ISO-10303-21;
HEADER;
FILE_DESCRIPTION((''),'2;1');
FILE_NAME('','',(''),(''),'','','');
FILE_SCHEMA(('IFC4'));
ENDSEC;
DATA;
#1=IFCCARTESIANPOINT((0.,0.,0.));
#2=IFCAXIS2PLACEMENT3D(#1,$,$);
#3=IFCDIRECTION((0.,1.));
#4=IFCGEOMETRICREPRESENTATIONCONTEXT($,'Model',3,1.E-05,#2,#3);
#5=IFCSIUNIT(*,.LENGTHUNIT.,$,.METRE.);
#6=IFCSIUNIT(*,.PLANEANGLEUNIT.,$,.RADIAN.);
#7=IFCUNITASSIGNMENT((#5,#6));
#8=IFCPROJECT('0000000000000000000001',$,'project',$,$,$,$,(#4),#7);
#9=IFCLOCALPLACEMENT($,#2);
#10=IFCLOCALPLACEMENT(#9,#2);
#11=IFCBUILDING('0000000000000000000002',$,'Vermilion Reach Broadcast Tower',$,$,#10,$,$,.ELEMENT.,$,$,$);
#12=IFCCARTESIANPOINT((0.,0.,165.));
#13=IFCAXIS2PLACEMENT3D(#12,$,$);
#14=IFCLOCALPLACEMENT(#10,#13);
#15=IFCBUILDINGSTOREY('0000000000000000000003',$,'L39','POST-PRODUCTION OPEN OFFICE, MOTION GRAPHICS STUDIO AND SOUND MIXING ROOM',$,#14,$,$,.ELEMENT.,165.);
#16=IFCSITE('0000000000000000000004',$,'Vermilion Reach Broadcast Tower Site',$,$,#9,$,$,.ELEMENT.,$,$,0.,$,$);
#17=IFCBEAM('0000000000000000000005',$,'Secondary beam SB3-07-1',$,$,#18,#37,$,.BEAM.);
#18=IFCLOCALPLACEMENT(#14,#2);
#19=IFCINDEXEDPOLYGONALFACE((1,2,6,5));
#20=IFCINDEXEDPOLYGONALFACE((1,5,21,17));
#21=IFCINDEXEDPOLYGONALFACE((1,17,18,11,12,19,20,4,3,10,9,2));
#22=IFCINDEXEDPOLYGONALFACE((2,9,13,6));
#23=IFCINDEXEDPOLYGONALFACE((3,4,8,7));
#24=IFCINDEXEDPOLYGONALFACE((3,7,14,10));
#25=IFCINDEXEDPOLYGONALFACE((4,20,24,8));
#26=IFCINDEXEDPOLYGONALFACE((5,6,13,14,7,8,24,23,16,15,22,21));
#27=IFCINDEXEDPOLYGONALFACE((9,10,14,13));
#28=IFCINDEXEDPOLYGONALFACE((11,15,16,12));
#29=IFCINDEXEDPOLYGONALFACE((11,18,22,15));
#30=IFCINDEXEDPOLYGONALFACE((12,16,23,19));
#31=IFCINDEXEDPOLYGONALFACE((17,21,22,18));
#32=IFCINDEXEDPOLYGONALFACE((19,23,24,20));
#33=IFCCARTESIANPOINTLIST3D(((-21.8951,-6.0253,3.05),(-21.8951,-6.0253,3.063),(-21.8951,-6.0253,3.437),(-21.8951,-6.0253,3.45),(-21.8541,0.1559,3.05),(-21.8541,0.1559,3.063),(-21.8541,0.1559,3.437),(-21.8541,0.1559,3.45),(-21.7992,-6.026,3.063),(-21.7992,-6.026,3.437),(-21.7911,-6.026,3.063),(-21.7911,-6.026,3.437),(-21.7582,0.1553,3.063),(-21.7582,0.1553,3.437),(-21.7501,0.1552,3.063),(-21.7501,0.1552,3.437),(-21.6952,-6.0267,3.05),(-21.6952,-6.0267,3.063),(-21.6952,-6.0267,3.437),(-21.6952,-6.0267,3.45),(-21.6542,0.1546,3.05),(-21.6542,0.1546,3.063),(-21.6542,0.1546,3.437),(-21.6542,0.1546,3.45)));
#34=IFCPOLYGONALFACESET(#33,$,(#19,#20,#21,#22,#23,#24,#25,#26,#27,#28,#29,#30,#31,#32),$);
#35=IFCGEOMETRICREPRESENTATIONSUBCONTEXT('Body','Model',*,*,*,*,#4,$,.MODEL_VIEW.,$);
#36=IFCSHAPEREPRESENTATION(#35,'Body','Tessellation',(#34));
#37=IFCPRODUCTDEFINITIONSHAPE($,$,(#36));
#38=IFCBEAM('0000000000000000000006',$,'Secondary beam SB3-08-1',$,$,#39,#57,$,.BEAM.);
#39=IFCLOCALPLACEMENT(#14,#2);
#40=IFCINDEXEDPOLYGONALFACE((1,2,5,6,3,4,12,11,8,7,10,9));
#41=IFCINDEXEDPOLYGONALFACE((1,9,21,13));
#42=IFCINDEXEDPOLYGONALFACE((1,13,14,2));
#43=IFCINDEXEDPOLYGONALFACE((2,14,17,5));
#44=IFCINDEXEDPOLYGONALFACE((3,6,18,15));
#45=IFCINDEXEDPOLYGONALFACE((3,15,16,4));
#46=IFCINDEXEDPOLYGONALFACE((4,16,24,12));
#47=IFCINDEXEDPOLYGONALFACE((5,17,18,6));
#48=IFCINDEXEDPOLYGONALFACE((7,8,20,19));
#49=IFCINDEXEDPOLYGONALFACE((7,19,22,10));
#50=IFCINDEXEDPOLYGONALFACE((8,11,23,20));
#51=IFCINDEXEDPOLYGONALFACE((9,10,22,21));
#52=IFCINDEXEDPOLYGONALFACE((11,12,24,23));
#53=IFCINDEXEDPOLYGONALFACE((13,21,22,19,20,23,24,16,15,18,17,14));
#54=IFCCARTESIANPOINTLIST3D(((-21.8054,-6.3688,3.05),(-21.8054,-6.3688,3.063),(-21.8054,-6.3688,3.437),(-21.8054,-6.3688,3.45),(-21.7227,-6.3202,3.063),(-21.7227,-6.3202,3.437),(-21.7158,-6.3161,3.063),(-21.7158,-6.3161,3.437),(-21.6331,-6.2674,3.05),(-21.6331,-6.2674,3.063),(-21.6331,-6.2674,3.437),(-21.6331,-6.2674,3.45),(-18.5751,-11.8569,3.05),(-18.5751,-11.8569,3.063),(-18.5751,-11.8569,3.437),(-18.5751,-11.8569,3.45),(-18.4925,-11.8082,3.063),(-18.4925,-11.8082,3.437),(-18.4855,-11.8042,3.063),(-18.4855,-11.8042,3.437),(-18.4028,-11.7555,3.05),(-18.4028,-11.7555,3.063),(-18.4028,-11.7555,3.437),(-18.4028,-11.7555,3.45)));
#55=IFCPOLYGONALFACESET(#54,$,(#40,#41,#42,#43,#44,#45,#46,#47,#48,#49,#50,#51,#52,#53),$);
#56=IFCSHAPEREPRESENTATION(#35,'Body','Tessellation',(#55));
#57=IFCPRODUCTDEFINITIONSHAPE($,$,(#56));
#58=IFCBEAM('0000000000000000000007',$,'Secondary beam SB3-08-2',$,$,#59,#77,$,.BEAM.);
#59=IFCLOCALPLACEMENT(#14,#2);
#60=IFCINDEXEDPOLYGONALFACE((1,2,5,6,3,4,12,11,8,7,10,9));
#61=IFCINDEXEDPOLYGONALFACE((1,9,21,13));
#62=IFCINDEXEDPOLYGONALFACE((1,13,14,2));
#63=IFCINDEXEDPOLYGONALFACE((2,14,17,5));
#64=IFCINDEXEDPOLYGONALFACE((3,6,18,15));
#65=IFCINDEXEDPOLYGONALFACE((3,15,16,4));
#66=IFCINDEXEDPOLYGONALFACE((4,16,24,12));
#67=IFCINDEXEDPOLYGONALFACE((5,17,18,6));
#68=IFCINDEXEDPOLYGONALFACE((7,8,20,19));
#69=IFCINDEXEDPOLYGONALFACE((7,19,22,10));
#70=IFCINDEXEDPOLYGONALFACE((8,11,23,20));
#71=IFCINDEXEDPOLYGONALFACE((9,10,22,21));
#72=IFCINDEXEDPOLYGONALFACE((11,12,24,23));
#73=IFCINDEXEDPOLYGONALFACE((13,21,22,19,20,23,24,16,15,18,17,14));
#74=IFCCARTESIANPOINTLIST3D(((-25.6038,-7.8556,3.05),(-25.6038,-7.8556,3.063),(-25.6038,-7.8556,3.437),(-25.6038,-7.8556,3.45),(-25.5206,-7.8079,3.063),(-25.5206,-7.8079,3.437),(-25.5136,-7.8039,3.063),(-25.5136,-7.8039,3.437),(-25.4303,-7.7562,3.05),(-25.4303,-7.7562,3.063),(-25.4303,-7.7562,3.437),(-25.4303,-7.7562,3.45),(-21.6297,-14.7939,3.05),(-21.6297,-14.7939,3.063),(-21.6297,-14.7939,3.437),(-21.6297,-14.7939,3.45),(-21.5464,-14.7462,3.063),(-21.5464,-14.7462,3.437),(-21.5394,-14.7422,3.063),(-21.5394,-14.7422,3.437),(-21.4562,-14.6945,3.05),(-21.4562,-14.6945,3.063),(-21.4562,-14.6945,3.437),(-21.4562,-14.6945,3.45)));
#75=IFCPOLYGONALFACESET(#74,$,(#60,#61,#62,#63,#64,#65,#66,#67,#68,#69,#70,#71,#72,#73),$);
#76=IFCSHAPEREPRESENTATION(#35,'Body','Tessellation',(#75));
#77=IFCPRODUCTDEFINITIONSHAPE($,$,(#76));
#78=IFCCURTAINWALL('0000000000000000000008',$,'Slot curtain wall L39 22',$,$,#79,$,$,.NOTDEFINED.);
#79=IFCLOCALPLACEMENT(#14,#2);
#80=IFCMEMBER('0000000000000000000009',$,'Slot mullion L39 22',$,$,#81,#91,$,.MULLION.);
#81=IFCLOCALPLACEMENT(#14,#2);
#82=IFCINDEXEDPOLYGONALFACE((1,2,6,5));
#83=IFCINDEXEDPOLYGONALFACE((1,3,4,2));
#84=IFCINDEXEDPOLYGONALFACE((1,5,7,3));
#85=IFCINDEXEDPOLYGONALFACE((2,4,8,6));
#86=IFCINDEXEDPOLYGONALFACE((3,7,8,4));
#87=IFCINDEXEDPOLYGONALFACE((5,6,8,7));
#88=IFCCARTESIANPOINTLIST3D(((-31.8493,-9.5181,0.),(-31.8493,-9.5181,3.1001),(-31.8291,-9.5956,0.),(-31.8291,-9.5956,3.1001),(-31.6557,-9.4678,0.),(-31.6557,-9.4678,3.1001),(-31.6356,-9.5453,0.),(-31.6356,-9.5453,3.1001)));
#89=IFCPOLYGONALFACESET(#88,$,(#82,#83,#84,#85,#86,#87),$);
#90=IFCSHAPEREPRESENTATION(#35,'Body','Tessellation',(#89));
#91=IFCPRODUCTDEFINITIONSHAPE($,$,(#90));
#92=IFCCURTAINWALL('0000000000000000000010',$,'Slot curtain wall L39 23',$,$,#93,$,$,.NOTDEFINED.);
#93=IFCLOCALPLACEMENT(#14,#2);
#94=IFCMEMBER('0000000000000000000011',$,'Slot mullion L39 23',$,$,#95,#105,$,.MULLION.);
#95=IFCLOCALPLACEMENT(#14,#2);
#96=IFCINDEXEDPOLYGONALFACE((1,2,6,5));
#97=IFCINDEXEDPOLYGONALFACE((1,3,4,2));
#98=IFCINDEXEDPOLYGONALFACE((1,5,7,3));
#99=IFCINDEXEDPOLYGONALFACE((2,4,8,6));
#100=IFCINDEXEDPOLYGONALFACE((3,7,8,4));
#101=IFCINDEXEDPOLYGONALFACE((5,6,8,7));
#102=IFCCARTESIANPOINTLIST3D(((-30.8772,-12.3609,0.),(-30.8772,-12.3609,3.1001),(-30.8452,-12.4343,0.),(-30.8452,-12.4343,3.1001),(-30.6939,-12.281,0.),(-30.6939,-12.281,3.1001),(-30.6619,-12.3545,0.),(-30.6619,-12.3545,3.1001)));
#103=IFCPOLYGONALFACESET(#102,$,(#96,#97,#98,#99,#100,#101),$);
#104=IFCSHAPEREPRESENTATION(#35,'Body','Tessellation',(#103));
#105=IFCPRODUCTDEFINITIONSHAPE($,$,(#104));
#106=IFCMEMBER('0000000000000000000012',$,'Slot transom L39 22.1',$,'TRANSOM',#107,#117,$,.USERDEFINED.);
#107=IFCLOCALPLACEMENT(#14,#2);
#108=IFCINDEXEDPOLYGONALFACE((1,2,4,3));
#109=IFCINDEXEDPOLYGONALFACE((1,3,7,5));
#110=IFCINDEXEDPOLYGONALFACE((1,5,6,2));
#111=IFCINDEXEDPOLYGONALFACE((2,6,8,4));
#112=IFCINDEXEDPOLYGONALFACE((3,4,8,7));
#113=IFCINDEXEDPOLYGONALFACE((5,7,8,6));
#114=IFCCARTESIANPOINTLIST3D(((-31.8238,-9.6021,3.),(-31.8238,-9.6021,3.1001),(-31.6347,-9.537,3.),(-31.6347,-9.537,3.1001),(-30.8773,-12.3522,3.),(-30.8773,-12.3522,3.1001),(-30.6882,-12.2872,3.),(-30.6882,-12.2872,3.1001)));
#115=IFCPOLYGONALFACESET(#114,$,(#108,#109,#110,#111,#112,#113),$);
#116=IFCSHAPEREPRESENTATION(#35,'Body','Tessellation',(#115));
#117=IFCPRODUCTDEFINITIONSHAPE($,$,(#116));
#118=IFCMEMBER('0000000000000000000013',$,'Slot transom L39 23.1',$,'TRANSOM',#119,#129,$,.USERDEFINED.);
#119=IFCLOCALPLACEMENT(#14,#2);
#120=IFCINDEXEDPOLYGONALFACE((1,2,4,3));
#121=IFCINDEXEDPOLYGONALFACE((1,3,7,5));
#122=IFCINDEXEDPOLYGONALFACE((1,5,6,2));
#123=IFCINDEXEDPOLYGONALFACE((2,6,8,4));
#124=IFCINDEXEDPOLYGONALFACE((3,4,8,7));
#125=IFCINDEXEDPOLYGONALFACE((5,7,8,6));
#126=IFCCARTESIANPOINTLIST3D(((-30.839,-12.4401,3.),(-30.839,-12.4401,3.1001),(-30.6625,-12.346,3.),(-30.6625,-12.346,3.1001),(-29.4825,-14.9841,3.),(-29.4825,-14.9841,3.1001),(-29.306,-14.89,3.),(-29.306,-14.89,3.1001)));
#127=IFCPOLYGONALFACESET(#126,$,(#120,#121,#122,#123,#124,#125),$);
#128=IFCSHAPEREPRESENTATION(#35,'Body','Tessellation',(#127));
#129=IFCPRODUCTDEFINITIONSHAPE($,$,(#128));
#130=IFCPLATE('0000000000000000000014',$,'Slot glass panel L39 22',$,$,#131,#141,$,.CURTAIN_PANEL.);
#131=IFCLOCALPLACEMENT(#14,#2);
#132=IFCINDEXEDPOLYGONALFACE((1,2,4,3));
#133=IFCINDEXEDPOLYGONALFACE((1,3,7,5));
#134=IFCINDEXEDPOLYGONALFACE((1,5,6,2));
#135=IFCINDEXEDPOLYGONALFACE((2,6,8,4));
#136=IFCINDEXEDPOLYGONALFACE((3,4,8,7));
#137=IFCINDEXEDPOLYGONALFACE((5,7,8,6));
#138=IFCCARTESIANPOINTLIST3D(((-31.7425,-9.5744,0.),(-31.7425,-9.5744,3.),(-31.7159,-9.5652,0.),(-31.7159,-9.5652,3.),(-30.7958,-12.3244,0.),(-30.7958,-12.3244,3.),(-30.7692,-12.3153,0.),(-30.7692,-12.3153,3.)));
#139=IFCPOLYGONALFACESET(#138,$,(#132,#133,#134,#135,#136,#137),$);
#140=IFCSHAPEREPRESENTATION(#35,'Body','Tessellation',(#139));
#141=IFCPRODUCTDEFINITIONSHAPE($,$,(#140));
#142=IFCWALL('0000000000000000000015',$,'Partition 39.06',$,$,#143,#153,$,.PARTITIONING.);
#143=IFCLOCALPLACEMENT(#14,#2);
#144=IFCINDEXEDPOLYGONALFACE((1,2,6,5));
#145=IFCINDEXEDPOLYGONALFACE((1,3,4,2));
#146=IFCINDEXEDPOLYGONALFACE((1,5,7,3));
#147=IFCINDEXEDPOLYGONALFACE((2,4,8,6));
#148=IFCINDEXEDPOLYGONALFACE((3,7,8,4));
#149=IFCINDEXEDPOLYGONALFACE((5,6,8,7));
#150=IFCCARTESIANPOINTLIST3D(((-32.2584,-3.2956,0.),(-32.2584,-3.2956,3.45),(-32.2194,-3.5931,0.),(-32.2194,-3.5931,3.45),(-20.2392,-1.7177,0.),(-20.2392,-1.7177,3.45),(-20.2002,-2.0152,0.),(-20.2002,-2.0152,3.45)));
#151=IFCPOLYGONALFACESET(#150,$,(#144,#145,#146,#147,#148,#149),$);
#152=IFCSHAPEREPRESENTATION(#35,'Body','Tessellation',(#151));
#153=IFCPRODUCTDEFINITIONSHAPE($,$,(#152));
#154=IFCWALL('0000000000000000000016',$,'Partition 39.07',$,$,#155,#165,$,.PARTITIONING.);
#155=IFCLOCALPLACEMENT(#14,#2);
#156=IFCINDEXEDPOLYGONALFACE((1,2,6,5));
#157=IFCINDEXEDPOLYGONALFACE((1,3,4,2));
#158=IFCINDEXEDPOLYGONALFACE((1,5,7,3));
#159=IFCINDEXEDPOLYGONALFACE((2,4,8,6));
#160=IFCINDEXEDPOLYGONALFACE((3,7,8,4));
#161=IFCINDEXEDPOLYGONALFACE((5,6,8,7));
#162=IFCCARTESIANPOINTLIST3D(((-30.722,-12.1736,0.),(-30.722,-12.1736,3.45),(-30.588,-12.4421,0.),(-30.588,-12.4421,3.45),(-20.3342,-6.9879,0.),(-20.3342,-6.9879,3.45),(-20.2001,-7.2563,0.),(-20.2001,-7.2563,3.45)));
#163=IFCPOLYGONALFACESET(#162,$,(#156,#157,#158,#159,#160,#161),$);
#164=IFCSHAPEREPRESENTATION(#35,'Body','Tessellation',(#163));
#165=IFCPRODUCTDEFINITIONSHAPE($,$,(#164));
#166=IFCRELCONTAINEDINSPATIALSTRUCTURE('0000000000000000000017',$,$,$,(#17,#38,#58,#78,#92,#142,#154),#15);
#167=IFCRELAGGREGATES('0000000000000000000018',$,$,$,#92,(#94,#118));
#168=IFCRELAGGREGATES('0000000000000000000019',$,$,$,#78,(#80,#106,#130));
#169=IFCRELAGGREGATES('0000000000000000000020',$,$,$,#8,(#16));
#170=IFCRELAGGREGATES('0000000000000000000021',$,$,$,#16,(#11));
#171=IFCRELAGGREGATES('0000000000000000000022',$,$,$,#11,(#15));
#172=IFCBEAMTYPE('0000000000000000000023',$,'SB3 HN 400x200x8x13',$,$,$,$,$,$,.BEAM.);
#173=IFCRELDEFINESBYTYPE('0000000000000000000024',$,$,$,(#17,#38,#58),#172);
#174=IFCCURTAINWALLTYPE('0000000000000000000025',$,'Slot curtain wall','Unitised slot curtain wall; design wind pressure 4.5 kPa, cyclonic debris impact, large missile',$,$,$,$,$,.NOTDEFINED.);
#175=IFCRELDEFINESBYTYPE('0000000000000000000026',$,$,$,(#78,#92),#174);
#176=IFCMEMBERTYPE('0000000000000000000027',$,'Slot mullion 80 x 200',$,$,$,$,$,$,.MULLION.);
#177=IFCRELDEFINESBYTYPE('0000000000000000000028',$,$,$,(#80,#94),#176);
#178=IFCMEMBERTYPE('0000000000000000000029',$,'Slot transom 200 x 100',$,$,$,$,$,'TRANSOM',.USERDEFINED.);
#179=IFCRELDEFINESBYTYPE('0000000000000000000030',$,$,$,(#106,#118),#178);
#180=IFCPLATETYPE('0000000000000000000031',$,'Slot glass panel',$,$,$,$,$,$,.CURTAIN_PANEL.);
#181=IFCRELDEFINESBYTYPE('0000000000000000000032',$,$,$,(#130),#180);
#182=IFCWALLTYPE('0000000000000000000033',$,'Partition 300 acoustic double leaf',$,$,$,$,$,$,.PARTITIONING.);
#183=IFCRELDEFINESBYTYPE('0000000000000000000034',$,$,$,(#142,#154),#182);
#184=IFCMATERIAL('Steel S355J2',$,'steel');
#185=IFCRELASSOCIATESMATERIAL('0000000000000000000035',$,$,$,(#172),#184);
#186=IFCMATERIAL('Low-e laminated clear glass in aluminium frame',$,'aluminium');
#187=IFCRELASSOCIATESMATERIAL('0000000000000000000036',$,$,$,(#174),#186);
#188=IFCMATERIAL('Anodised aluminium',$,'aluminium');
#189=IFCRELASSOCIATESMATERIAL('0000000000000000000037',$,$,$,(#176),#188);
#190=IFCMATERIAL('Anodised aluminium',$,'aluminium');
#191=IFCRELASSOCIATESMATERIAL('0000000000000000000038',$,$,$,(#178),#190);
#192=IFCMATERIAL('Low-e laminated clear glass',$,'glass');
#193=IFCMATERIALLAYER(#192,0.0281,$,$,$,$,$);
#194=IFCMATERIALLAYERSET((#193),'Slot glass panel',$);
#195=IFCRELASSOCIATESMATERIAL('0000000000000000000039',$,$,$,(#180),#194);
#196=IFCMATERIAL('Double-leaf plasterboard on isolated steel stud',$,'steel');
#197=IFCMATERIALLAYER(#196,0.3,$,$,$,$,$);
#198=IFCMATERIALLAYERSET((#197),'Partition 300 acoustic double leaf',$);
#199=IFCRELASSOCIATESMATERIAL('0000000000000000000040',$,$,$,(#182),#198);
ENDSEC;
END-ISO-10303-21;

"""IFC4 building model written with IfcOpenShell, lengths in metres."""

from ifc_helpers import new_model, si_unit, direction, frame, frame_2d, origin, origin_2d, place, context, subcontext, project, spatial, rectangle, i_section, extrude, material, layer, layer_set, material_profile, profile_set, type_object, element, aggregate, save


model = new_model("IFC4")

# Units and contexts
model_context = context("Model", 3, precision=1e-05, world=origin(), true_north=direction((0.0, 1.0)))
body_context = subcontext(model_context, "Body", "Model", "MODEL_VIEW")
ifc_project = project(units=[si_unit("LENGTHUNIT", "METRE"), si_unit("PLANEANGLEUNIT", "RADIAN")], contexts=[model_context])

# Site, building, storey
site_placement = place(None, origin())
site = spatial("IfcSite", under=ifc_project, at=site_placement, Name="Vermilion Reach Broadcast Tower Site", CompositionType="ELEMENT", RefElevation=0.0)
building_placement = place(site_placement, origin())
building = spatial("IfcBuilding", under=site, at=building_placement, Name="Vermilion Reach Broadcast Tower", CompositionType="ELEMENT")
storey_placement = place(building_placement, frame((0.0, 0.0, 165.0)))
storey = spatial("IfcBuildingStorey", under=building, at=storey_placement, Name="L39", Description="POST-PRODUCTION OPEN OFFICE, MOTION GRAPHICS STUDIO AND SOUND MIXING ROOM", CompositionType="ELEMENT", Elevation=165.0)

# Beams
ifc_material_1 = material(Name="Steel S355J2", Category="steel")
ifc_material_profile_1 = material_profile(ifc_material_1, i_section(OverallWidth=0.2, OverallDepth=0.3999, WebThickness=0.0081, FlangeThickness=0.0129, at=origin_2d()), Name="S355J2 HN 400x200x8x13")
ifc_profile_set_1 = profile_set([ifc_material_profile_1], Name="Steel S355J2")
beam_type_1 = type_object("IfcBeamType", Name="SB3 HN 400x200x8x13", PredefinedType="BEAM", material=ifc_profile_set_1)
beam_1_placement = place(storey_placement, frame((-21.7542, 0.1553, 3.25), z_axis=(-0.006635, -0.999978, 0.0), x_axis=(0.999978, -0.006635, 0.0)))
element("IfcBeam", 1, at=beam_1_placement, inside=storey, type_object=beam_type_1, Name="Secondary beam SB3-07-1", PredefinedType="BEAM", context=body_context, shape_type="SweptSolid", body=[
    extrude(i_section(OverallWidth=0.2, OverallDepth=0.3999, WebThickness=0.0081, FlangeThickness=0.0129, at=origin_2d()), origin(), (0.0, 0.0, 1.0), 6.1814),
])
beam_2_placement = place(storey_placement, frame((-21.7192, -6.3181, 3.25), z_axis=(0.50725, -0.861799, 0.0), x_axis=(0.861799, 0.50725, 0.0)))
element("IfcBeam", 2, at=beam_2_placement, inside=storey, type_object=beam_type_1, Name="Secondary beam SB3-08-1", PredefinedType="BEAM", context=body_context, shape_type="SweptSolid", body=[
    extrude(i_section(OverallWidth=0.2, OverallDepth=0.3999, WebThickness=0.0081, FlangeThickness=0.0129, at=origin_2d()), origin(), (0.0, 0.0, 1.0), 6.3682),
])
beam_3_placement = place(storey_placement, frame((-25.5171, -7.8059, 3.25), z_axis=(0.497027, -0.867735, 0.0), x_axis=(0.867735, 0.497027, 0.0)))
element("IfcBeam", 3, at=beam_3_placement, inside=storey, type_object=beam_type_1, Name="Secondary beam SB3-08-2", PredefinedType="BEAM", context=body_context, shape_type="SweptSolid", body=[
    extrude(i_section(OverallWidth=0.2, OverallDepth=0.3999, WebThickness=0.0081, FlangeThickness=0.0129, at=origin_2d()), origin(), (0.0, 0.0, 1.0), 7.9958),
])

# Curtain walls, members
ifc_material_2 = material(Name="Low-e laminated clear glass in aluminium frame", Category="aluminium")
curtain_wall_type = type_object("IfcCurtainWallType", Name="Slot curtain wall", Description="Unitised slot curtain wall; design wind pressure 4.5 kPa, cyclonic debris impact, large missile", PredefinedType="NOTDEFINED", material=ifc_material_2)
placement = place(storey_placement, origin())
curtain_wall_1 = element("IfcCurtainWall", 4, at=placement, inside=storey, type_object=curtain_wall_type, Name="Slot curtain wall L39 22", PredefinedType="NOTDEFINED")
ifc_material_3 = material(Name="Anodised aluminium", Category="aluminium")
ifc_material_profile_2 = material_profile(ifc_material_3, rectangle(XDim=0.2, YDim=0.0801, at=origin_2d()), Name="Slot mullion 80 x 200")
ifc_profile_set_2 = profile_set([ifc_material_profile_2], Name="Anodised aluminium")
member_type_1 = type_object("IfcMemberType", Name="Slot mullion 80 x 200", PredefinedType="MULLION", material=ifc_profile_set_2)
member_1_placement = place(storey_placement, frame((-31.7424, -9.5317, 0.0), z_axis=(0.0, 0.0, 1.0), x_axis=(0.967856, 0.251505, 0.0)))
member_1 = element("IfcMember", 5, at=member_1_placement, type_object=member_type_1, Name="Slot mullion L39 22", PredefinedType="MULLION", context=body_context, shape_type="SweptSolid", body=[
    extrude(rectangle(XDim=0.2, YDim=0.0801, at=origin_2d()), origin(), (0.0, 0.0, 1.0), 3.1001),
])
curtain_wall_2 = element("IfcCurtainWall", 6, at=placement, inside=storey, type_object=curtain_wall_type, Name="Slot curtain wall L39 23", PredefinedType="NOTDEFINED")
member_2_placement = place(storey_placement, frame((-30.7695, -12.3577, 0.0), z_axis=(0.0, 0.0, 1.0), x_axis=(0.916843, 0.399247, 0.0)))
member_2 = element("IfcMember", 7, at=member_2_placement, type_object=member_type_1, Name="Slot mullion L39 23", PredefinedType="MULLION", context=body_context, shape_type="SweptSolid", body=[
    extrude(rectangle(XDim=0.2, YDim=0.0801, at=origin_2d()), origin(), (0.0, 0.0, 1.0), 3.1001),
])

# Members
ifc_material_4 = material(Name="Anodised aluminium", Category="aluminium")
ifc_material_profile_3 = material_profile(ifc_material_4, rectangle(XDim=0.2, YDim=0.1001, at=origin_2d()), Name="Slot transom 200 x 100")
ifc_profile_set_3 = profile_set([ifc_material_profile_3], Name="Anodised aluminium")
member_type_2 = type_object("IfcMemberType", Name="Slot transom 200 x 100", ElementType="TRANSOM", PredefinedType="USERDEFINED", material=ifc_profile_set_3)
member_3_placement = place(storey_placement, frame((-31.7292, -9.5696, 3.05), z_axis=(0.325429, -0.945566, 0.0), x_axis=(0.945566, 0.325429, 0.0)))
member_3 = element("IfcMember", 8, at=member_3_placement, type_object=member_type_2, Name="Slot transom L39 22.1", ObjectType="TRANSOM", PredefinedType="USERDEFINED", context=body_context, shape_type="SweptSolid", body=[
    extrude(rectangle(XDim=0.2, YDim=0.1001, at=origin_2d()), origin(), (0.0, 0.0, 1.0), 2.9084),
])
member_4_placement = place(storey_placement, frame((-30.7507, -12.3931, 3.05), z_axis=(0.4705, -0.8824, 0.0), x_axis=(0.8824, 0.4705, 0.0)))
member_4 = element("IfcMember", 9, at=member_4_placement, type_object=member_type_2, Name="Slot transom L39 23.1", ObjectType="TRANSOM", PredefinedType="USERDEFINED", context=body_context, shape_type="SweptSolid", body=[
    extrude(rectangle(XDim=0.2, YDim=0.1001, at=origin_2d()), origin(), (0.0, 0.0, 1.0), 2.8831),
])
aggregate(curtain_wall_2, [member_2, member_4])

# Plate
ifc_material_5 = material(Name="Low-e laminated clear glass", Category="glass")
ifc_layer_1 = layer(ifc_material_5, 0.0281)
ifc_layer_set_1 = layer_set([ifc_layer_1], Name="Slot glass panel")
plate_type = type_object("IfcPlateType", Name="Slot glass panel", PredefinedType="CURTAIN_PANEL", material=ifc_layer_set_1)
plate_placement = place(storey_placement, frame((-31.2559, -10.9448, 0.0), z_axis=(0.0, 0.0, 1.0), x_axis=(0.325493, -0.945544, 0.0)))
plate = element("IfcPlate", 10, at=plate_placement, type_object=plate_type, Name="Slot glass panel L39 22", PredefinedType="CURTAIN_PANEL", context=body_context, shape_type="SweptSolid", body=[
    extrude(rectangle(XDim=2.9084, YDim=0.0281, at=origin_2d()), origin(), (0.0, 0.0, 1.0), 3.0),
])
aggregate(curtain_wall_1, [member_1, member_3, plate])

# Walls
ifc_material_6 = material(Name="Double-leaf plasterboard on isolated steel stud", Category="steel")
ifc_layer_2 = layer(ifc_material_6, 0.3)
ifc_layer_set_2 = layer_set([ifc_layer_2], Name="Partition 300 acoustic double leaf")
wall_type_1 = type_object("IfcWallType", Name="Partition 300 acoustic double leaf", PredefinedType="PARTITIONING", material=ifc_layer_set_2)
wall_1_placement = place(storey_placement, frame((-32.2388, -3.4443, 0.0), z_axis=(0.0, 0.0, 1.0), x_axis=(0.991493, 0.130162, 0.0)))
element("IfcWall", 11, at=wall_1_placement, inside=storey, type_object=wall_type_1, Name="Partition 39.06", PredefinedType="PARTITIONING", context=body_context, shape_type="SweptSolid", body=[
    extrude(rectangle(XDim=12.1223, YDim=0.3, at=frame_2d((6.061, 0.0))), origin(), (0.0, 0.0, 1.0), 3.45),
])
wall_2_placement = place(storey_placement, frame((-30.655, -12.3079, 0.0), z_axis=(0.0, 0.0, 1.0), x_axis=(0.894709, 0.44665, 0.0)))
element("IfcWall", 12, at=wall_2_placement, inside=storey, type_object=wall_type_1, Name="Partition 39.07", PredefinedType="PARTITIONING", context=body_context, shape_type="SweptSolid", body=[
    extrude(rectangle(XDim=11.6104, YDim=0.3, at=frame_2d((5.8052, 0.0))), origin(), (0.0, 0.0, 1.0), 3.45),
])

save(model, "model.ifc")
